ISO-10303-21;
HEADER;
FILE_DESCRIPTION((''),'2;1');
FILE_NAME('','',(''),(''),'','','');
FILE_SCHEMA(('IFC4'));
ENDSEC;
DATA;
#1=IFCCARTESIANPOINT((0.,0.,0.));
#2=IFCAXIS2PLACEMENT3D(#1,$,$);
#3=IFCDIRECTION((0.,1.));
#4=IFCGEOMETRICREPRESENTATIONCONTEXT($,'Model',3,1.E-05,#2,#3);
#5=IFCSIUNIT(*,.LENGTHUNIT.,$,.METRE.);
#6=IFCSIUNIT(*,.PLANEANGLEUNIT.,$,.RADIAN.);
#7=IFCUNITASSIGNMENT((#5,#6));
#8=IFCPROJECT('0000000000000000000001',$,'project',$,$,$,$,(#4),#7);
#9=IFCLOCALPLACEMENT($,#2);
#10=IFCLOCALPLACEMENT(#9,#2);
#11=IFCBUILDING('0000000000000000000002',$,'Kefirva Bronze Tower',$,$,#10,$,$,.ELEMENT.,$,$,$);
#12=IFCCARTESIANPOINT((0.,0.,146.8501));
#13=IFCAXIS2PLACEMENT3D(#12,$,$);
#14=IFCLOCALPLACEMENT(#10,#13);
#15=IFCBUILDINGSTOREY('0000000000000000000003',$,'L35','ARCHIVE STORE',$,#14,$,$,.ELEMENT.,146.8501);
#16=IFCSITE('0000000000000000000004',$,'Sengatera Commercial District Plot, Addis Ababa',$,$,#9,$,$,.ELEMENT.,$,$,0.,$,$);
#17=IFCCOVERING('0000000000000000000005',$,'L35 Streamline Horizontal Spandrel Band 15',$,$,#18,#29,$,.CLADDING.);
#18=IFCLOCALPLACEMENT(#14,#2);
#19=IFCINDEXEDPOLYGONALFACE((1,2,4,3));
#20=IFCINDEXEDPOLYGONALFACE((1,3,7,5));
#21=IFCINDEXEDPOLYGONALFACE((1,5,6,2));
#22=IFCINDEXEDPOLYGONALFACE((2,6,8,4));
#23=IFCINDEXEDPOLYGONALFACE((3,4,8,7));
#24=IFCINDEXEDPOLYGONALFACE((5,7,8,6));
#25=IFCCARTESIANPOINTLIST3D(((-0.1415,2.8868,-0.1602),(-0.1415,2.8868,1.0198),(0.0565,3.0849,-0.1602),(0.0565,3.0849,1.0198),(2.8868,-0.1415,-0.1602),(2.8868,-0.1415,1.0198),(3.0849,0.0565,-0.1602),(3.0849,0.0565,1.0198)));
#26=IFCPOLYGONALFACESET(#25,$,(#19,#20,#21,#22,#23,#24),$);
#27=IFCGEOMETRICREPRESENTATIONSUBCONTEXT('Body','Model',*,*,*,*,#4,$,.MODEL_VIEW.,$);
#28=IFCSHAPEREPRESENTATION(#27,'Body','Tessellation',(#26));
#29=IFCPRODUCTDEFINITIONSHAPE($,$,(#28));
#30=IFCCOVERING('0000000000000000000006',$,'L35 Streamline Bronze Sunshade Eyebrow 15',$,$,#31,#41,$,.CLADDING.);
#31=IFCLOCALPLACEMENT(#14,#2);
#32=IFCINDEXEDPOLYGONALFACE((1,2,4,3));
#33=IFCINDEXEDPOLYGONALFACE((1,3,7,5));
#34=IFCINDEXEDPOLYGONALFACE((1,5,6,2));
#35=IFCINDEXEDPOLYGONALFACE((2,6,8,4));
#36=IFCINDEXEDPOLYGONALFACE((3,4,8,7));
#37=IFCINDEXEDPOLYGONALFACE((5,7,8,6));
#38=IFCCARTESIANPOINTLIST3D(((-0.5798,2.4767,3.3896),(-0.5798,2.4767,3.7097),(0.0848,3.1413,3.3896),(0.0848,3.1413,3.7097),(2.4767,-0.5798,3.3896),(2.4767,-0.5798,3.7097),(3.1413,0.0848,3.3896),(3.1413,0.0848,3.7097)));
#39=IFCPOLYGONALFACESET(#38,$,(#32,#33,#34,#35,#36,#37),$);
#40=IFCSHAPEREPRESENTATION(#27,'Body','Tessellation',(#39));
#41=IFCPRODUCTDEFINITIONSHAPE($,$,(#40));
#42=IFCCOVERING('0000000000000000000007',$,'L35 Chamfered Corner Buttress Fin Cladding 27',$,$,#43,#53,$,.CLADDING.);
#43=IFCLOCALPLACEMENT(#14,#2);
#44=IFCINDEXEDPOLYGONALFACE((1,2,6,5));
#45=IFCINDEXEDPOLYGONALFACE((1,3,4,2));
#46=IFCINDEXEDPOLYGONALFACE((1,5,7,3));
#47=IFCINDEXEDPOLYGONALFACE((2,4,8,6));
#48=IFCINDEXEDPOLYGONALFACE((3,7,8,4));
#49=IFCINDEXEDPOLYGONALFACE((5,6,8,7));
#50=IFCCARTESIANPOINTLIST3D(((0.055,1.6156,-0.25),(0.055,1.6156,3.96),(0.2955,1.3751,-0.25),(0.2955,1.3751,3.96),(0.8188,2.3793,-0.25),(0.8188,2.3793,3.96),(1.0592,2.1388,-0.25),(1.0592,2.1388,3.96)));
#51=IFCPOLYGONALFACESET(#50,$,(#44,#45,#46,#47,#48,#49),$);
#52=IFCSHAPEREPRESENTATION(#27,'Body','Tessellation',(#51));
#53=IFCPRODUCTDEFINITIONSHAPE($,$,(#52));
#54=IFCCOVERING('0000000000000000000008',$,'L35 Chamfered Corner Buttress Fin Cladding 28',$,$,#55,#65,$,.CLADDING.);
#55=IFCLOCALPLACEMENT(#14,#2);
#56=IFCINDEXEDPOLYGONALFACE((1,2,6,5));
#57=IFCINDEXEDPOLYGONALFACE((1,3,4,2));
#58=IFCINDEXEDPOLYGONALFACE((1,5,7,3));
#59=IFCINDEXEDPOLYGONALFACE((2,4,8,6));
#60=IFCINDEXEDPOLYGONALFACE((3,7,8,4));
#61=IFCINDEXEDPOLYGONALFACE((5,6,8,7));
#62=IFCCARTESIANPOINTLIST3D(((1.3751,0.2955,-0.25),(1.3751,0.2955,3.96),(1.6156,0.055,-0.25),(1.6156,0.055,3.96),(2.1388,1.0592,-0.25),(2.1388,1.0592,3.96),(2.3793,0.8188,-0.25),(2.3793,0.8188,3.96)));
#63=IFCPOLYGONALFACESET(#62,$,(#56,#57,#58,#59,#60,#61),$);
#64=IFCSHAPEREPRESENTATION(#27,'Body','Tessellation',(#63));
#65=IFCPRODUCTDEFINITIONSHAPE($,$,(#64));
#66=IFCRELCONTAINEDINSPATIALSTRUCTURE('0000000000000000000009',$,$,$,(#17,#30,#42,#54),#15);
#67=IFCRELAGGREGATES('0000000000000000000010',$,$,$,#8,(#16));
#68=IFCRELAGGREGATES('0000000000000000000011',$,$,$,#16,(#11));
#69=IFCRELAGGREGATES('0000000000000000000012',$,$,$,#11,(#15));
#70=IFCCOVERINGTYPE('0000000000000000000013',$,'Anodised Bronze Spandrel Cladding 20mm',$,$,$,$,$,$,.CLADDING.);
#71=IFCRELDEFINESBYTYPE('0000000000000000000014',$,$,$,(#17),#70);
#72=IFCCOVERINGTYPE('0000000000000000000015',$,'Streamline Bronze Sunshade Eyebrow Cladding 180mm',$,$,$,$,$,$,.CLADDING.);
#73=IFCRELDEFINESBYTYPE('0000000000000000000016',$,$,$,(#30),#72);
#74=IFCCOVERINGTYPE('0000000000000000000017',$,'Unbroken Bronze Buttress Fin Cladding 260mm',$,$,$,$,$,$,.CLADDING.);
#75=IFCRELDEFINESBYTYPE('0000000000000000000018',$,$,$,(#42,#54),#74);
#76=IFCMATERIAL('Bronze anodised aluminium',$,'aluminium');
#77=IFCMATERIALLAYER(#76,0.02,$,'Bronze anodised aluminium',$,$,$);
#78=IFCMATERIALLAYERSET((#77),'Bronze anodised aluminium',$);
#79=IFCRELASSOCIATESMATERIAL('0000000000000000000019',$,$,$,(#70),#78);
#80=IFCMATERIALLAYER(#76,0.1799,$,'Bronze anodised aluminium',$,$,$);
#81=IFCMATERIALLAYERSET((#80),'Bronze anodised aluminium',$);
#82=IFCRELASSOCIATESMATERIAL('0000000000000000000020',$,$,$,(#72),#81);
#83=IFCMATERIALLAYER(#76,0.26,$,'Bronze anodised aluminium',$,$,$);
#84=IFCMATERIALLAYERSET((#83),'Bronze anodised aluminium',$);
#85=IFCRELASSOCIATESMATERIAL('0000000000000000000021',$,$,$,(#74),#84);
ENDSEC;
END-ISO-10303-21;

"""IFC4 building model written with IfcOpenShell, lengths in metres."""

from ifc_helpers import new_model, si_unit, direction, frame, origin, origin_2d, place, context, subcontext, project, spatial, rectangle, extrude, material, layer, layer_set, type_object, element, save


model = new_model("IFC4")

# Units and contexts
model_context = context("Model", 3, precision=1e-05, world=origin(), true_north=direction((0.0, 1.0)))
body_context = subcontext(model_context, "Body", "Model", "MODEL_VIEW")
ifc_project = project(units=[si_unit("LENGTHUNIT", "METRE"), si_unit("PLANEANGLEUNIT", "RADIAN")], contexts=[model_context])

# Site, building, storey
site_placement = place(None, origin())
site = spatial("IfcSite", under=ifc_project, at=site_placement, Name="Sengatera Commercial District Plot, Addis Ababa", CompositionType="ELEMENT", RefElevation=0.0)
building_placement = place(site_placement, origin())
building = spatial("IfcBuilding", under=site, at=building_placement, Name="Kefirva Bronze Tower", CompositionType="ELEMENT")
storey_placement = place(building_placement, frame((0.0, 0.0, 146.8501)))
storey = spatial("IfcBuildingStorey", under=building, at=storey_placement, Name="L35", Description="ARCHIVE STORE", CompositionType="ELEMENT", Elevation=146.8501)

# Shared definitions
ifc_material_1 = material(Name="Bronze anodised aluminium", Category="aluminium")

# Coverings
ifc_layer_1 = layer(ifc_material_1, 0.02, Name="Bronze anodised aluminium")
ifc_layer_set_1 = layer_set([ifc_layer_1], Name="Bronze anodised aluminium")
covering_type_1 = type_object("IfcCoveringType", Name="Anodised Bronze Spandrel Cladding 20mm", PredefinedType="CLADDING", material=ifc_layer_set_1)
covering_1_placement = place(storey_placement, frame((1.4717, 1.4717, -0.1602), z_axis=(0.0, 0.0, 1.0), x_axis=(0.707107, -0.707107, 0.0)))
element("IfcCovering", 1, at=covering_1_placement, inside=storey, type_object=covering_type_1, Name="L35 Streamline Horizontal Spandrel Band 15", PredefinedType="CLADDING", context=body_context, shape_type="SweptSolid", body=[
    extrude(rectangle(XDim=4.2827, YDim=0.28, at=origin_2d()), origin(), (0.0, 0.0, 1.0), 1.1799),
])
ifc_layer_2 = layer(ifc_material_1, 0.1799, Name="Bronze anodised aluminium")
ifc_layer_set_2 = layer_set([ifc_layer_2], Name="Bronze anodised aluminium")
covering_type_2 = type_object("IfcCoveringType", Name="Streamline Bronze Sunshade Eyebrow Cladding 180mm", PredefinedType="CLADDING", material=ifc_layer_set_2)
covering_2_placement = place(storey_placement, frame((1.2808, 1.2808, 3.3896), z_axis=(0.0, 0.0, 1.0), x_axis=(0.707107, -0.707107, 0.0)))
element("IfcCovering", 2, at=covering_2_placement, inside=storey, type_object=covering_type_2, Name="L35 Streamline Bronze Sunshade Eyebrow 15", PredefinedType="CLADDING", context=body_context, shape_type="SweptSolid", body=[
    extrude(rectangle(XDim=4.3225, YDim=0.9399, at=origin_2d()), origin(), (0.0, 0.0, 1.0), 0.3201),
])
ifc_layer_3 = layer(ifc_material_1, 0.26, Name="Bronze anodised aluminium")
ifc_layer_set_3 = layer_set([ifc_layer_3], Name="Bronze anodised aluminium")
covering_type_3 = type_object("IfcCoveringType", Name="Unbroken Bronze Buttress Fin Cladding 260mm", PredefinedType="CLADDING", material=ifc_layer_set_3)
for number, where, z_axis, x_axis, name in (
    (3, (0.5571, 1.8772, -0.25), (0.0, 0.0, 1.0), (0.707107, -0.707107, 0.0), "L35 Chamfered Corner Buttress Fin Cladding 27"),
    (4, (1.8772, 0.5571, -0.25), (0.0, 0.0, 1.0), (0.707107, -0.707107, 0.0), "L35 Chamfered Corner Buttress Fin Cladding 28"),
):
    element("IfcCovering", number, at=place(storey_placement, frame(where, z_axis=z_axis, x_axis=x_axis)), inside=storey, type_object=covering_type_3, Name=name, PredefinedType="CLADDING", context=body_context, shape_type="SweptSolid", body=[
        extrude(rectangle(XDim=0.3401, YDim=1.0801, at=origin_2d()), origin(), (0.0, 0.0, 1.0), 4.21),
    ])

save(model, "model.ifc")
